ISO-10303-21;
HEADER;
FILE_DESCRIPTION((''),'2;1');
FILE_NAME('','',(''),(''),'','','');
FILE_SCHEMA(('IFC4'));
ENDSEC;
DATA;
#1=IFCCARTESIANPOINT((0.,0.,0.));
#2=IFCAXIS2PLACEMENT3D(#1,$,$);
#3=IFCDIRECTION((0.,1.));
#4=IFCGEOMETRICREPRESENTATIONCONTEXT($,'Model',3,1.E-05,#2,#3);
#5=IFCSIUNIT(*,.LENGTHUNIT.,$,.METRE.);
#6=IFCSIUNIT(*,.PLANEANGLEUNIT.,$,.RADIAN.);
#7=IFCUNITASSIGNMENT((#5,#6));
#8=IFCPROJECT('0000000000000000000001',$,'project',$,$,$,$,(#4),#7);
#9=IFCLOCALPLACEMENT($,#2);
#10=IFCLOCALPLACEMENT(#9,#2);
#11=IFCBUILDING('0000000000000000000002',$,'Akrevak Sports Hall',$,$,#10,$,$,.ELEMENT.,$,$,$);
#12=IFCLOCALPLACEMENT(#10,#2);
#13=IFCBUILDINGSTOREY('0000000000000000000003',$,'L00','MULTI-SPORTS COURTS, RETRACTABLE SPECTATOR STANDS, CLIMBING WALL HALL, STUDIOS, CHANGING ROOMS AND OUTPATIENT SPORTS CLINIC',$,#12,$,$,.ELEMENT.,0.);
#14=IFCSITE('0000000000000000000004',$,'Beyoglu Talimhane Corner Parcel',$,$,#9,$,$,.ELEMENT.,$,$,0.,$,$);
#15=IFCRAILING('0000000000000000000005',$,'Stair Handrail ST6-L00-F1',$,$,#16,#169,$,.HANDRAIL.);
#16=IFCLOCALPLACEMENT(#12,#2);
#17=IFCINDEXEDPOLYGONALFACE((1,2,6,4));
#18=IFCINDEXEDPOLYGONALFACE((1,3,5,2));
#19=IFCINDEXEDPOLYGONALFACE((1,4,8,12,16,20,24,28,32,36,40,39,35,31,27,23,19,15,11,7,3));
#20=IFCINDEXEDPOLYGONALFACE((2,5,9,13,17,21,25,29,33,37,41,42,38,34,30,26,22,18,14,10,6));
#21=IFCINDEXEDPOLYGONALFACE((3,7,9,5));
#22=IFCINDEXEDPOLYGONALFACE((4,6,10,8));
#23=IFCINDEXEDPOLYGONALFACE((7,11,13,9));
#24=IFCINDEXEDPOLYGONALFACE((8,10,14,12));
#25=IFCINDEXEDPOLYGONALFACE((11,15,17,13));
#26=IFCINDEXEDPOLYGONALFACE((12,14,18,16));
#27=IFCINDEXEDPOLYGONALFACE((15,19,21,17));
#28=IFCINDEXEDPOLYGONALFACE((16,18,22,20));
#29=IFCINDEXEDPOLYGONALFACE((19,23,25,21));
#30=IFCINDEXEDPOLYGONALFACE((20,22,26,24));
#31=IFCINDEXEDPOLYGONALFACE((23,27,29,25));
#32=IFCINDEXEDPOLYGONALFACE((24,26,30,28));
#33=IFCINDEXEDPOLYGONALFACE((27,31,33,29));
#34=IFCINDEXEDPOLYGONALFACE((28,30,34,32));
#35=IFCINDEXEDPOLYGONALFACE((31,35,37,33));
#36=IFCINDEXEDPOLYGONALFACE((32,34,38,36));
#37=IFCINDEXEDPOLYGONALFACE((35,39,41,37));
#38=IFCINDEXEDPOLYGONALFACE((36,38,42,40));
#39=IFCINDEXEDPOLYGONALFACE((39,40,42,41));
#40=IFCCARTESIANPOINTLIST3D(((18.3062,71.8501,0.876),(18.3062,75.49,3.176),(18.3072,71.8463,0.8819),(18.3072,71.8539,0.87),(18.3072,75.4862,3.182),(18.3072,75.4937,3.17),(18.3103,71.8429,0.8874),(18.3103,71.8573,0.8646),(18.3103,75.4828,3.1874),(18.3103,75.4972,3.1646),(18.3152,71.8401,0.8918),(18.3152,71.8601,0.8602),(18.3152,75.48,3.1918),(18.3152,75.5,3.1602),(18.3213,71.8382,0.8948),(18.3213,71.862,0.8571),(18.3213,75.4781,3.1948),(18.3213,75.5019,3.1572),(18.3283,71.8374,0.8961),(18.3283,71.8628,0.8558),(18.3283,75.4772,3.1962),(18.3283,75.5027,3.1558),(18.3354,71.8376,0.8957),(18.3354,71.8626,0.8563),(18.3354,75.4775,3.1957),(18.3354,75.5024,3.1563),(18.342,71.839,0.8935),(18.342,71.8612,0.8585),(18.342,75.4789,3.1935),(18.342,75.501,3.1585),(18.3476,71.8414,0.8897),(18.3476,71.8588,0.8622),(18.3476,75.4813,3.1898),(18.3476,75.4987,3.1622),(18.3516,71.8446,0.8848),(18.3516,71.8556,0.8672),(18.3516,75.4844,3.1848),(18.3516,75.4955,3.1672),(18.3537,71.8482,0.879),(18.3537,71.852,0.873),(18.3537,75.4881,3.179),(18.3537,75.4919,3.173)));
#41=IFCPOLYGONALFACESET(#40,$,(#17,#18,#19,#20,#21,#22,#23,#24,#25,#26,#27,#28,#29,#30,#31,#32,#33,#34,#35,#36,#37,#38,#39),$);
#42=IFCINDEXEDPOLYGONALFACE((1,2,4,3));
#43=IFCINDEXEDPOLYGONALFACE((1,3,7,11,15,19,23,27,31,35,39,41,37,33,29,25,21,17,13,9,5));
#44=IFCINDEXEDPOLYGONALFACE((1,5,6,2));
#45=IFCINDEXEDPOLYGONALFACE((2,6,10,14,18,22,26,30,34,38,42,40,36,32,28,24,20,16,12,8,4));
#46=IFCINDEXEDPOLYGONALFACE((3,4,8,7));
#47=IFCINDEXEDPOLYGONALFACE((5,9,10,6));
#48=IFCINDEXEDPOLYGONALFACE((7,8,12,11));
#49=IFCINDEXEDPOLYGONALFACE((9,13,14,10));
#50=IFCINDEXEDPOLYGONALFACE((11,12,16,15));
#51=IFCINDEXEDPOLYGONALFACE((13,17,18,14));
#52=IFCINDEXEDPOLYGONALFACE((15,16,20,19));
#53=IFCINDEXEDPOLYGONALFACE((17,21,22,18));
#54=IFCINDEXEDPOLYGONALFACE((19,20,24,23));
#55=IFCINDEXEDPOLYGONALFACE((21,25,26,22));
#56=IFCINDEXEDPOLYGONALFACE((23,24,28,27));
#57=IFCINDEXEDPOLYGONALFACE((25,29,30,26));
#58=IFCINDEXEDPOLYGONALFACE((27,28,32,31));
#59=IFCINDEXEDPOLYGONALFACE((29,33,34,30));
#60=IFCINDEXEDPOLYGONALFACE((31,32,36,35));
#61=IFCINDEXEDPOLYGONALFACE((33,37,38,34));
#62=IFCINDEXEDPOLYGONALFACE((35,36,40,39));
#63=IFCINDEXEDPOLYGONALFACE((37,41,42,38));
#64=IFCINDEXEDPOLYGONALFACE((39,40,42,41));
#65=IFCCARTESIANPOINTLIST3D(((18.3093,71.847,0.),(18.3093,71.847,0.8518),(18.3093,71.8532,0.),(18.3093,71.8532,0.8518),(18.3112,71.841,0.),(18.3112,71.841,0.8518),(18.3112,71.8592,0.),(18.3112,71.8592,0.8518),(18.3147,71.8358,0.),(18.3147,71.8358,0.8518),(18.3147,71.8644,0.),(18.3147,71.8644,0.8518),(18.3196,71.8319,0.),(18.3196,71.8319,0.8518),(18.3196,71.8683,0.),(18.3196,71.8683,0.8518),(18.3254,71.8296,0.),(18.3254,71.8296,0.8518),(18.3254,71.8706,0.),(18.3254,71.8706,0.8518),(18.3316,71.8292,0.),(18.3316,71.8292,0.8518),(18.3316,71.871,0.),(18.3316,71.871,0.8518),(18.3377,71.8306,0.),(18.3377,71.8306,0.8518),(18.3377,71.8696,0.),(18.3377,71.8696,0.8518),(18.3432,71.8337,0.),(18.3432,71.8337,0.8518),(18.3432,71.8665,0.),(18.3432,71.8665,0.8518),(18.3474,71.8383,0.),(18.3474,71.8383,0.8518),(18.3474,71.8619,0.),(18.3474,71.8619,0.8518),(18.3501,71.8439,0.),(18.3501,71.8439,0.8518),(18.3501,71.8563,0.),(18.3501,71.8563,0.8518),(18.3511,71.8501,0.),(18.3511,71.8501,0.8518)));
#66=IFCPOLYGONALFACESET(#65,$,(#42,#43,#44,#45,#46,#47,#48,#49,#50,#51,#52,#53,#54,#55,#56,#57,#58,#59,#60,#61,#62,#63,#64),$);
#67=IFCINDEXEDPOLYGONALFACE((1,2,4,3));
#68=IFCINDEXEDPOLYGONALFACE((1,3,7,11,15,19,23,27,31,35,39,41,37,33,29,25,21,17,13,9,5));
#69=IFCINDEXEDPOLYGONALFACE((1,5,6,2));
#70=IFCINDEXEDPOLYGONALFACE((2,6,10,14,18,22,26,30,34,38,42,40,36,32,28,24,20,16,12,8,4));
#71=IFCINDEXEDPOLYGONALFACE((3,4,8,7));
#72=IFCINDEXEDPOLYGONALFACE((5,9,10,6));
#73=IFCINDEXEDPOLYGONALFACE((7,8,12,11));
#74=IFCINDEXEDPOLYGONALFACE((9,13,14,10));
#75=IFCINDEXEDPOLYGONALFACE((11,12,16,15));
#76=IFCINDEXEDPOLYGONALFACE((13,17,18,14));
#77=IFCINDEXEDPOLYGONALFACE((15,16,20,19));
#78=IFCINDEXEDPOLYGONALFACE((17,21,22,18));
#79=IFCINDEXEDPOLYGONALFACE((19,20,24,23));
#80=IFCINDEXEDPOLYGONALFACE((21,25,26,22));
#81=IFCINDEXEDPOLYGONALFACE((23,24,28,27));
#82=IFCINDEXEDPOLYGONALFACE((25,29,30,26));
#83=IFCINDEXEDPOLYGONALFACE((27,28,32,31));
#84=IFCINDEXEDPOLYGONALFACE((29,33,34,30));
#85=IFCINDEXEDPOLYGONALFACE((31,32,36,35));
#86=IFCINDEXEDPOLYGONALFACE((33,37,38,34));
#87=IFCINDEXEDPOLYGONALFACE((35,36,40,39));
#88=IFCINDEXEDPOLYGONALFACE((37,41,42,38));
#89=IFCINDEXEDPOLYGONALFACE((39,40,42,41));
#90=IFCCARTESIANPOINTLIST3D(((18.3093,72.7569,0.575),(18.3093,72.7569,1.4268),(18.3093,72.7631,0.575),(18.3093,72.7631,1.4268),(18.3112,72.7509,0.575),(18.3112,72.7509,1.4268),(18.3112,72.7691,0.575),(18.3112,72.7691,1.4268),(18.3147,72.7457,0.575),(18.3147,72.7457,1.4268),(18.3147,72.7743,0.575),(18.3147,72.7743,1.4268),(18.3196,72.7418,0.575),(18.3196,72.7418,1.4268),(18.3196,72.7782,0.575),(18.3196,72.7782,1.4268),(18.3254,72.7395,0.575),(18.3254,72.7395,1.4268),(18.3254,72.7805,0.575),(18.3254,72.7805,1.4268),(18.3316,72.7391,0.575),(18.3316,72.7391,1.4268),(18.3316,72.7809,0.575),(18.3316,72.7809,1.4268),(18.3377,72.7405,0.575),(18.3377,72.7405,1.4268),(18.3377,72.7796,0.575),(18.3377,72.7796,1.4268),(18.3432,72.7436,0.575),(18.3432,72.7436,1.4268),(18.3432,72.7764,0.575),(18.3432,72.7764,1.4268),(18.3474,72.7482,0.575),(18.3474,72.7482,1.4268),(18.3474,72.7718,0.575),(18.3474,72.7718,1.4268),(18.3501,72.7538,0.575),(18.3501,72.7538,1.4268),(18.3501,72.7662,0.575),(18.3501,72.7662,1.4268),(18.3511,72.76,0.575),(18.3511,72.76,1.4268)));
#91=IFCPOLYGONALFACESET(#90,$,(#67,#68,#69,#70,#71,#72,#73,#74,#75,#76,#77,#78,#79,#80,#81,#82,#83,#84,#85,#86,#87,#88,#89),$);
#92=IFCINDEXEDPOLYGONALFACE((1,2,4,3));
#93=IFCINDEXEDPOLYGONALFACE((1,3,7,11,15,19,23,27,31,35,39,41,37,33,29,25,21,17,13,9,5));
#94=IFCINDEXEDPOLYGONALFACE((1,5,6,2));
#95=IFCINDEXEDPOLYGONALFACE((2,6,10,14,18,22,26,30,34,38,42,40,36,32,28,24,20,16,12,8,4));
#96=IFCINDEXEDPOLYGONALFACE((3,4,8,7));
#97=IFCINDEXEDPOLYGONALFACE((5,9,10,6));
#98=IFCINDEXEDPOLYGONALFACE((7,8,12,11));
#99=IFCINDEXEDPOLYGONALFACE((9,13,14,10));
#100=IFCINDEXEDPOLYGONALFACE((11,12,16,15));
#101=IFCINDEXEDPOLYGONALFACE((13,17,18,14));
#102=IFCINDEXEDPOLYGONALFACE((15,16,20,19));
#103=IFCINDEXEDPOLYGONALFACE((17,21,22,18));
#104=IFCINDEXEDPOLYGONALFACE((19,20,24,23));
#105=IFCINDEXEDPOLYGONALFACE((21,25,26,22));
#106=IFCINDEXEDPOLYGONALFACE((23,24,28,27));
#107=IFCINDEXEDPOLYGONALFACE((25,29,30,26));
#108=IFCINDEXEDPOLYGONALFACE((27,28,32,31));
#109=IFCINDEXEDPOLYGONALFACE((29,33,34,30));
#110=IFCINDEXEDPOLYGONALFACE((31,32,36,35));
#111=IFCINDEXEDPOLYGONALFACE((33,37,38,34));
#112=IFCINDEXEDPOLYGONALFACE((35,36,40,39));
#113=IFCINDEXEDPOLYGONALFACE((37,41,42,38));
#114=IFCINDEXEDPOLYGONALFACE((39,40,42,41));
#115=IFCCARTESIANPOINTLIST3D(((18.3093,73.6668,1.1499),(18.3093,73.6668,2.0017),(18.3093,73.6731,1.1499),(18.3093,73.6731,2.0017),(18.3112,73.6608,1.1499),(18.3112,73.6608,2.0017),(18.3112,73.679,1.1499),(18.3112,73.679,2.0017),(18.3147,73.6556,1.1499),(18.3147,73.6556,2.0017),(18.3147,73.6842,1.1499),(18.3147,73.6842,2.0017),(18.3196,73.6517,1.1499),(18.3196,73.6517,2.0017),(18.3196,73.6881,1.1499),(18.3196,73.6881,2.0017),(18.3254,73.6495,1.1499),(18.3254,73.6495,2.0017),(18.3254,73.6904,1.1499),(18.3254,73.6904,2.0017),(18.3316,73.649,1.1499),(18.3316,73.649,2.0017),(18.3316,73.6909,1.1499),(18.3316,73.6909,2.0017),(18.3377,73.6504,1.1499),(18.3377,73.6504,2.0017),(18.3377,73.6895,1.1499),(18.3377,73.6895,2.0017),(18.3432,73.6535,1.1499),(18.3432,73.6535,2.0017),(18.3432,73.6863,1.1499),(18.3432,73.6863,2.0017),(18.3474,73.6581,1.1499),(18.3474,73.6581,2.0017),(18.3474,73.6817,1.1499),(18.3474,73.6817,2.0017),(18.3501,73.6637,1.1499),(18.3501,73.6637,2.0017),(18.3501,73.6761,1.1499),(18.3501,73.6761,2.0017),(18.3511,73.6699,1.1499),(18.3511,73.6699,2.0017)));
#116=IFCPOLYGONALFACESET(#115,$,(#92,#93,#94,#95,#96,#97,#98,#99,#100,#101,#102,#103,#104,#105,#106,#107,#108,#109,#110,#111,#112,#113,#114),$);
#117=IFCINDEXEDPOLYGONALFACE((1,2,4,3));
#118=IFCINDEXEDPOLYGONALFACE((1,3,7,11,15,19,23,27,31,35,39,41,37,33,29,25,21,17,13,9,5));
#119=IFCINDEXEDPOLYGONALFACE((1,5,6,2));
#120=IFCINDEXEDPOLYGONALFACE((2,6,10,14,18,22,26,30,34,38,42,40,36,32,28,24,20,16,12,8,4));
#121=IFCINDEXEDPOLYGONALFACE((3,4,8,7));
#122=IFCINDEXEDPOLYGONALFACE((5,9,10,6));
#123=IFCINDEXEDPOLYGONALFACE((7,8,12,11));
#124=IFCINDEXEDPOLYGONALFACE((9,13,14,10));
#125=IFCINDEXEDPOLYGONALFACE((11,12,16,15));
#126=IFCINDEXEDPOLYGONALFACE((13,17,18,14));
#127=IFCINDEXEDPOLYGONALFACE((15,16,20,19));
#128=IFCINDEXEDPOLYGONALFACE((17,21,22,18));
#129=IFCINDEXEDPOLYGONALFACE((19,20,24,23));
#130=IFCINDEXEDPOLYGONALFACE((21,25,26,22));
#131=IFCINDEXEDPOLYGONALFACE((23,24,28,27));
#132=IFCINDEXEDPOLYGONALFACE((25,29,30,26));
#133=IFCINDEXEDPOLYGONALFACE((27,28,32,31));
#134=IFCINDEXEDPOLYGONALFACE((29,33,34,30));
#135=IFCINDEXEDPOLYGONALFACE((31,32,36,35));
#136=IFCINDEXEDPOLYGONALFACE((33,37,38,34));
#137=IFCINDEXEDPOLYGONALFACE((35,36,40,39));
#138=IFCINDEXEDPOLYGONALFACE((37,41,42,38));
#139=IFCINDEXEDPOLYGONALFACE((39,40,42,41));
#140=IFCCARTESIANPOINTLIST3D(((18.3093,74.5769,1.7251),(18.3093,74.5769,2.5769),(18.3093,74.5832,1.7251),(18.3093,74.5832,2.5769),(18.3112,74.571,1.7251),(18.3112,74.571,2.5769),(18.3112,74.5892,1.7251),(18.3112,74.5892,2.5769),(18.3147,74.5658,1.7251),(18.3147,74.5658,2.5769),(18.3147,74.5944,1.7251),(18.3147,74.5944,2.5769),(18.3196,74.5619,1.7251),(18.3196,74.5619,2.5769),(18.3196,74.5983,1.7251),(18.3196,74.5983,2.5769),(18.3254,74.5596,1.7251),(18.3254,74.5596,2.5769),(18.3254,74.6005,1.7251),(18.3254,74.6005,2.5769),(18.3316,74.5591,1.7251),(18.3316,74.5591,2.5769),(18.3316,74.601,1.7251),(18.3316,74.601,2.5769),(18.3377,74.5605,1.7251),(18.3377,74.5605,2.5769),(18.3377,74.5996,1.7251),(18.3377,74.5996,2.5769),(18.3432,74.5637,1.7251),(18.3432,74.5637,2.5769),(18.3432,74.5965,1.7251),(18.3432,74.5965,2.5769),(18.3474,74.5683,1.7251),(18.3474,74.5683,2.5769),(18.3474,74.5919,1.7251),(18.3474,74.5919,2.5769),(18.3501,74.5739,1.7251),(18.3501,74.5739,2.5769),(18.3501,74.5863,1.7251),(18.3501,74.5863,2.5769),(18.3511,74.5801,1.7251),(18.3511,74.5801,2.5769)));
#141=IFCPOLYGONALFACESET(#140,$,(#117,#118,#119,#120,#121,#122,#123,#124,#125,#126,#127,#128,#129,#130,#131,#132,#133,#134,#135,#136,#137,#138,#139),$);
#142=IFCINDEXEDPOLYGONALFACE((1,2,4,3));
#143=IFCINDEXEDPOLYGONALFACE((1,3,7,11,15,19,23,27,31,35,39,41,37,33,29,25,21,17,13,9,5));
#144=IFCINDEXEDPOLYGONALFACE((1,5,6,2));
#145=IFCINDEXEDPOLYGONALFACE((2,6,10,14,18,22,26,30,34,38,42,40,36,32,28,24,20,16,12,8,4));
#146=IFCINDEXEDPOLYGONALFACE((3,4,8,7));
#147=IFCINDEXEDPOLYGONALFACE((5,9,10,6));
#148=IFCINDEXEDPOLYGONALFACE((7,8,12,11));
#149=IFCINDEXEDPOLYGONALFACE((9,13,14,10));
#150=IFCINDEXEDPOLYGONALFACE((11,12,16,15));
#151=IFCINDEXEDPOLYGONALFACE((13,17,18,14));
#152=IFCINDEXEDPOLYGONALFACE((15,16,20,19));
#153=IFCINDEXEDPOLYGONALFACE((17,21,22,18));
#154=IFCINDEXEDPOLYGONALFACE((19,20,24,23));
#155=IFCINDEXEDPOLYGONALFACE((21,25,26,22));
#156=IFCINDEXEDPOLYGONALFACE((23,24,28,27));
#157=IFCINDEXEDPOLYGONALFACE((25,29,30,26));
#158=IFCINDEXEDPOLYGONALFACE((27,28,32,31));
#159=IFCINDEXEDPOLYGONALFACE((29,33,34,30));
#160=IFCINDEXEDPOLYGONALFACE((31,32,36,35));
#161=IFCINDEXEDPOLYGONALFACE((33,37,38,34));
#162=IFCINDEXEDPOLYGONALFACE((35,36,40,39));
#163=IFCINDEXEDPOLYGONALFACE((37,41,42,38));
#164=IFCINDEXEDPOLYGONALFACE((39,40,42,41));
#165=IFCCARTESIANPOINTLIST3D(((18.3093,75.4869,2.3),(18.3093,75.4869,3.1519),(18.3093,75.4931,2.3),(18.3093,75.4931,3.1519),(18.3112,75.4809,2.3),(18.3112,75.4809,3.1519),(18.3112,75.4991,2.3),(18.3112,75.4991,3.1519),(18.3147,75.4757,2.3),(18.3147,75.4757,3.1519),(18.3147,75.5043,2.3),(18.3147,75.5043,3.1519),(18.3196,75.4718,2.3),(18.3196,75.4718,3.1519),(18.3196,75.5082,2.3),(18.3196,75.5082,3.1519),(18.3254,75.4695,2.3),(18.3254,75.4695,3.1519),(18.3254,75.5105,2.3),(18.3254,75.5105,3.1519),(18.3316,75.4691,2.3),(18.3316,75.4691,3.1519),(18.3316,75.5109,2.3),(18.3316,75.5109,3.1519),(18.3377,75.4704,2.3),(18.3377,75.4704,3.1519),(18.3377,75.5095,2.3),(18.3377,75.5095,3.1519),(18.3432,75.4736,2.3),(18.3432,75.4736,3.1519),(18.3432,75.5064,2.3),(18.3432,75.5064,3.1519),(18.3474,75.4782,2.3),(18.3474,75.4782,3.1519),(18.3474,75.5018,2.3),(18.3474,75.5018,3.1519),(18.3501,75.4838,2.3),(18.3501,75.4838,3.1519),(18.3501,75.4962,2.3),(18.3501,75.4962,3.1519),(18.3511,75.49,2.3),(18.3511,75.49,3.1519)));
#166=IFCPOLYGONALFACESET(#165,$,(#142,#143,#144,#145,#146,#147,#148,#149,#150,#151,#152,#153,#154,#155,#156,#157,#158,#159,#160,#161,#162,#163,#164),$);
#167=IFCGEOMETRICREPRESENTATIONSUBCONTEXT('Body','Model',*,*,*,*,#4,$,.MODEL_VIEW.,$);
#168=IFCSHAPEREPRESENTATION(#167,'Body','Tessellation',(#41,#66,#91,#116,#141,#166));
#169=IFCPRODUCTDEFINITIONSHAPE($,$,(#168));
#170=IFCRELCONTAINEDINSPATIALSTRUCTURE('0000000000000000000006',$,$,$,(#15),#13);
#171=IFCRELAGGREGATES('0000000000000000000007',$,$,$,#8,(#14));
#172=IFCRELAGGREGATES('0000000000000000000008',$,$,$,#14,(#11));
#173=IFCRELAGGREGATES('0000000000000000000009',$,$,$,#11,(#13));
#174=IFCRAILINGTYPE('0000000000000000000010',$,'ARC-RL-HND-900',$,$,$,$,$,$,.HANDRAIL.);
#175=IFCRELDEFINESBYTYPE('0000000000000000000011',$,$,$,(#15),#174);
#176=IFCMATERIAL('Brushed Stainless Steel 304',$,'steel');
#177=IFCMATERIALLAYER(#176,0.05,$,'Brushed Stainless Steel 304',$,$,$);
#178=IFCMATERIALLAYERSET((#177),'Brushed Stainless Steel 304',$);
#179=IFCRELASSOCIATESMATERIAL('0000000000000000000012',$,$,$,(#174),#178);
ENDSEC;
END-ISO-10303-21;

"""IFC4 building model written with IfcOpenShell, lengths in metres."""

from ifc_helpers import new_model, si_unit, direction, frame, origin, origin_2d, place, context, subcontext, project, spatial, circle, extrude, material, layer, layer_set, type_object, element, save


model = new_model("IFC4")

# Units and contexts
model_context = context("Model", 3, precision=1e-05, world=origin(), true_north=direction((0.0, 1.0)))
body_context = subcontext(model_context, "Body", "Model", "MODEL_VIEW")
ifc_project = project(units=[si_unit("LENGTHUNIT", "METRE"), si_unit("PLANEANGLEUNIT", "RADIAN")], contexts=[model_context])

# Site, building, storey
site_placement = place(None, origin())
site = spatial("IfcSite", under=ifc_project, at=site_placement, Name="Beyoglu Talimhane Corner Parcel", CompositionType="ELEMENT", RefElevation=0.0)
building_placement = place(site_placement, origin())
building = spatial("IfcBuilding", under=site, at=building_placement, Name="Akrevak Sports Hall", CompositionType="ELEMENT")
storey_placement = place(building_placement, origin())
storey = spatial("IfcBuildingStorey", under=building, at=storey_placement, Name="L00", Description="MULTI-SPORTS COURTS, RETRACTABLE SPECTATOR STANDS, CLIMBING WALL HALL, STUDIOS, CHANGING ROOMS AND OUTPATIENT SPORTS CLINIC", CompositionType="ELEMENT", Elevation=0.0)

# Railing
ifc_material_1 = material(Name="Brushed Stainless Steel 304", Category="steel")
ifc_layer_1 = layer(ifc_material_1, 0.05, Name="Brushed Stainless Steel 304")
ifc_layer_set_1 = layer_set([ifc_layer_1], Name="Brushed Stainless Steel 304")
railing_type_1 = type_object("IfcRailingType", Name="ARC-RL-HND-900", PredefinedType="HANDRAIL", material=ifc_layer_set_1)
railing_1_placement = place(storey_placement, frame((18.3301, 71.8501, 0.0)))
element("IfcRailing", 1, at=railing_1_placement, inside=storey, type_object=railing_type_1, Name="Stair Handrail ST6-L00-F1", PredefinedType="HANDRAIL", context=body_context, shape_type="SweptSolid", body=[
    extrude(circle(Radius=0.0239, at=origin_2d()), frame((0.0, 0.0, 0.876), z_axis=(0.0, 0.845366, 0.534187), x_axis=(-1.0, 0.0, 0.0)), (0.0, 0.0, 1.0), 4.3057),
    extrude(circle(Radius=0.021, at=origin_2d()), origin(), (0.0, 0.0, 1.0), 0.8518),
    extrude(circle(Radius=0.021, at=origin_2d()), frame((0.0, 0.9099, 0.575)), (0.0, 0.0, 1.0), 0.8518),
    extrude(circle(Radius=0.021, at=origin_2d()), frame((0.0, 1.8198, 1.1499)), (0.0, 0.0, 1.0), 0.8518),
    extrude(circle(Radius=0.021, at=origin_2d()), frame((0.0, 2.73, 1.7251)), (0.0, 0.0, 1.0), 0.8518),
    extrude(circle(Radius=0.021, at=origin_2d()), frame((0.0, 3.6399, 2.3)), (0.0, 0.0, 1.0), 0.8518),
])

save(model, "model.ifc")
